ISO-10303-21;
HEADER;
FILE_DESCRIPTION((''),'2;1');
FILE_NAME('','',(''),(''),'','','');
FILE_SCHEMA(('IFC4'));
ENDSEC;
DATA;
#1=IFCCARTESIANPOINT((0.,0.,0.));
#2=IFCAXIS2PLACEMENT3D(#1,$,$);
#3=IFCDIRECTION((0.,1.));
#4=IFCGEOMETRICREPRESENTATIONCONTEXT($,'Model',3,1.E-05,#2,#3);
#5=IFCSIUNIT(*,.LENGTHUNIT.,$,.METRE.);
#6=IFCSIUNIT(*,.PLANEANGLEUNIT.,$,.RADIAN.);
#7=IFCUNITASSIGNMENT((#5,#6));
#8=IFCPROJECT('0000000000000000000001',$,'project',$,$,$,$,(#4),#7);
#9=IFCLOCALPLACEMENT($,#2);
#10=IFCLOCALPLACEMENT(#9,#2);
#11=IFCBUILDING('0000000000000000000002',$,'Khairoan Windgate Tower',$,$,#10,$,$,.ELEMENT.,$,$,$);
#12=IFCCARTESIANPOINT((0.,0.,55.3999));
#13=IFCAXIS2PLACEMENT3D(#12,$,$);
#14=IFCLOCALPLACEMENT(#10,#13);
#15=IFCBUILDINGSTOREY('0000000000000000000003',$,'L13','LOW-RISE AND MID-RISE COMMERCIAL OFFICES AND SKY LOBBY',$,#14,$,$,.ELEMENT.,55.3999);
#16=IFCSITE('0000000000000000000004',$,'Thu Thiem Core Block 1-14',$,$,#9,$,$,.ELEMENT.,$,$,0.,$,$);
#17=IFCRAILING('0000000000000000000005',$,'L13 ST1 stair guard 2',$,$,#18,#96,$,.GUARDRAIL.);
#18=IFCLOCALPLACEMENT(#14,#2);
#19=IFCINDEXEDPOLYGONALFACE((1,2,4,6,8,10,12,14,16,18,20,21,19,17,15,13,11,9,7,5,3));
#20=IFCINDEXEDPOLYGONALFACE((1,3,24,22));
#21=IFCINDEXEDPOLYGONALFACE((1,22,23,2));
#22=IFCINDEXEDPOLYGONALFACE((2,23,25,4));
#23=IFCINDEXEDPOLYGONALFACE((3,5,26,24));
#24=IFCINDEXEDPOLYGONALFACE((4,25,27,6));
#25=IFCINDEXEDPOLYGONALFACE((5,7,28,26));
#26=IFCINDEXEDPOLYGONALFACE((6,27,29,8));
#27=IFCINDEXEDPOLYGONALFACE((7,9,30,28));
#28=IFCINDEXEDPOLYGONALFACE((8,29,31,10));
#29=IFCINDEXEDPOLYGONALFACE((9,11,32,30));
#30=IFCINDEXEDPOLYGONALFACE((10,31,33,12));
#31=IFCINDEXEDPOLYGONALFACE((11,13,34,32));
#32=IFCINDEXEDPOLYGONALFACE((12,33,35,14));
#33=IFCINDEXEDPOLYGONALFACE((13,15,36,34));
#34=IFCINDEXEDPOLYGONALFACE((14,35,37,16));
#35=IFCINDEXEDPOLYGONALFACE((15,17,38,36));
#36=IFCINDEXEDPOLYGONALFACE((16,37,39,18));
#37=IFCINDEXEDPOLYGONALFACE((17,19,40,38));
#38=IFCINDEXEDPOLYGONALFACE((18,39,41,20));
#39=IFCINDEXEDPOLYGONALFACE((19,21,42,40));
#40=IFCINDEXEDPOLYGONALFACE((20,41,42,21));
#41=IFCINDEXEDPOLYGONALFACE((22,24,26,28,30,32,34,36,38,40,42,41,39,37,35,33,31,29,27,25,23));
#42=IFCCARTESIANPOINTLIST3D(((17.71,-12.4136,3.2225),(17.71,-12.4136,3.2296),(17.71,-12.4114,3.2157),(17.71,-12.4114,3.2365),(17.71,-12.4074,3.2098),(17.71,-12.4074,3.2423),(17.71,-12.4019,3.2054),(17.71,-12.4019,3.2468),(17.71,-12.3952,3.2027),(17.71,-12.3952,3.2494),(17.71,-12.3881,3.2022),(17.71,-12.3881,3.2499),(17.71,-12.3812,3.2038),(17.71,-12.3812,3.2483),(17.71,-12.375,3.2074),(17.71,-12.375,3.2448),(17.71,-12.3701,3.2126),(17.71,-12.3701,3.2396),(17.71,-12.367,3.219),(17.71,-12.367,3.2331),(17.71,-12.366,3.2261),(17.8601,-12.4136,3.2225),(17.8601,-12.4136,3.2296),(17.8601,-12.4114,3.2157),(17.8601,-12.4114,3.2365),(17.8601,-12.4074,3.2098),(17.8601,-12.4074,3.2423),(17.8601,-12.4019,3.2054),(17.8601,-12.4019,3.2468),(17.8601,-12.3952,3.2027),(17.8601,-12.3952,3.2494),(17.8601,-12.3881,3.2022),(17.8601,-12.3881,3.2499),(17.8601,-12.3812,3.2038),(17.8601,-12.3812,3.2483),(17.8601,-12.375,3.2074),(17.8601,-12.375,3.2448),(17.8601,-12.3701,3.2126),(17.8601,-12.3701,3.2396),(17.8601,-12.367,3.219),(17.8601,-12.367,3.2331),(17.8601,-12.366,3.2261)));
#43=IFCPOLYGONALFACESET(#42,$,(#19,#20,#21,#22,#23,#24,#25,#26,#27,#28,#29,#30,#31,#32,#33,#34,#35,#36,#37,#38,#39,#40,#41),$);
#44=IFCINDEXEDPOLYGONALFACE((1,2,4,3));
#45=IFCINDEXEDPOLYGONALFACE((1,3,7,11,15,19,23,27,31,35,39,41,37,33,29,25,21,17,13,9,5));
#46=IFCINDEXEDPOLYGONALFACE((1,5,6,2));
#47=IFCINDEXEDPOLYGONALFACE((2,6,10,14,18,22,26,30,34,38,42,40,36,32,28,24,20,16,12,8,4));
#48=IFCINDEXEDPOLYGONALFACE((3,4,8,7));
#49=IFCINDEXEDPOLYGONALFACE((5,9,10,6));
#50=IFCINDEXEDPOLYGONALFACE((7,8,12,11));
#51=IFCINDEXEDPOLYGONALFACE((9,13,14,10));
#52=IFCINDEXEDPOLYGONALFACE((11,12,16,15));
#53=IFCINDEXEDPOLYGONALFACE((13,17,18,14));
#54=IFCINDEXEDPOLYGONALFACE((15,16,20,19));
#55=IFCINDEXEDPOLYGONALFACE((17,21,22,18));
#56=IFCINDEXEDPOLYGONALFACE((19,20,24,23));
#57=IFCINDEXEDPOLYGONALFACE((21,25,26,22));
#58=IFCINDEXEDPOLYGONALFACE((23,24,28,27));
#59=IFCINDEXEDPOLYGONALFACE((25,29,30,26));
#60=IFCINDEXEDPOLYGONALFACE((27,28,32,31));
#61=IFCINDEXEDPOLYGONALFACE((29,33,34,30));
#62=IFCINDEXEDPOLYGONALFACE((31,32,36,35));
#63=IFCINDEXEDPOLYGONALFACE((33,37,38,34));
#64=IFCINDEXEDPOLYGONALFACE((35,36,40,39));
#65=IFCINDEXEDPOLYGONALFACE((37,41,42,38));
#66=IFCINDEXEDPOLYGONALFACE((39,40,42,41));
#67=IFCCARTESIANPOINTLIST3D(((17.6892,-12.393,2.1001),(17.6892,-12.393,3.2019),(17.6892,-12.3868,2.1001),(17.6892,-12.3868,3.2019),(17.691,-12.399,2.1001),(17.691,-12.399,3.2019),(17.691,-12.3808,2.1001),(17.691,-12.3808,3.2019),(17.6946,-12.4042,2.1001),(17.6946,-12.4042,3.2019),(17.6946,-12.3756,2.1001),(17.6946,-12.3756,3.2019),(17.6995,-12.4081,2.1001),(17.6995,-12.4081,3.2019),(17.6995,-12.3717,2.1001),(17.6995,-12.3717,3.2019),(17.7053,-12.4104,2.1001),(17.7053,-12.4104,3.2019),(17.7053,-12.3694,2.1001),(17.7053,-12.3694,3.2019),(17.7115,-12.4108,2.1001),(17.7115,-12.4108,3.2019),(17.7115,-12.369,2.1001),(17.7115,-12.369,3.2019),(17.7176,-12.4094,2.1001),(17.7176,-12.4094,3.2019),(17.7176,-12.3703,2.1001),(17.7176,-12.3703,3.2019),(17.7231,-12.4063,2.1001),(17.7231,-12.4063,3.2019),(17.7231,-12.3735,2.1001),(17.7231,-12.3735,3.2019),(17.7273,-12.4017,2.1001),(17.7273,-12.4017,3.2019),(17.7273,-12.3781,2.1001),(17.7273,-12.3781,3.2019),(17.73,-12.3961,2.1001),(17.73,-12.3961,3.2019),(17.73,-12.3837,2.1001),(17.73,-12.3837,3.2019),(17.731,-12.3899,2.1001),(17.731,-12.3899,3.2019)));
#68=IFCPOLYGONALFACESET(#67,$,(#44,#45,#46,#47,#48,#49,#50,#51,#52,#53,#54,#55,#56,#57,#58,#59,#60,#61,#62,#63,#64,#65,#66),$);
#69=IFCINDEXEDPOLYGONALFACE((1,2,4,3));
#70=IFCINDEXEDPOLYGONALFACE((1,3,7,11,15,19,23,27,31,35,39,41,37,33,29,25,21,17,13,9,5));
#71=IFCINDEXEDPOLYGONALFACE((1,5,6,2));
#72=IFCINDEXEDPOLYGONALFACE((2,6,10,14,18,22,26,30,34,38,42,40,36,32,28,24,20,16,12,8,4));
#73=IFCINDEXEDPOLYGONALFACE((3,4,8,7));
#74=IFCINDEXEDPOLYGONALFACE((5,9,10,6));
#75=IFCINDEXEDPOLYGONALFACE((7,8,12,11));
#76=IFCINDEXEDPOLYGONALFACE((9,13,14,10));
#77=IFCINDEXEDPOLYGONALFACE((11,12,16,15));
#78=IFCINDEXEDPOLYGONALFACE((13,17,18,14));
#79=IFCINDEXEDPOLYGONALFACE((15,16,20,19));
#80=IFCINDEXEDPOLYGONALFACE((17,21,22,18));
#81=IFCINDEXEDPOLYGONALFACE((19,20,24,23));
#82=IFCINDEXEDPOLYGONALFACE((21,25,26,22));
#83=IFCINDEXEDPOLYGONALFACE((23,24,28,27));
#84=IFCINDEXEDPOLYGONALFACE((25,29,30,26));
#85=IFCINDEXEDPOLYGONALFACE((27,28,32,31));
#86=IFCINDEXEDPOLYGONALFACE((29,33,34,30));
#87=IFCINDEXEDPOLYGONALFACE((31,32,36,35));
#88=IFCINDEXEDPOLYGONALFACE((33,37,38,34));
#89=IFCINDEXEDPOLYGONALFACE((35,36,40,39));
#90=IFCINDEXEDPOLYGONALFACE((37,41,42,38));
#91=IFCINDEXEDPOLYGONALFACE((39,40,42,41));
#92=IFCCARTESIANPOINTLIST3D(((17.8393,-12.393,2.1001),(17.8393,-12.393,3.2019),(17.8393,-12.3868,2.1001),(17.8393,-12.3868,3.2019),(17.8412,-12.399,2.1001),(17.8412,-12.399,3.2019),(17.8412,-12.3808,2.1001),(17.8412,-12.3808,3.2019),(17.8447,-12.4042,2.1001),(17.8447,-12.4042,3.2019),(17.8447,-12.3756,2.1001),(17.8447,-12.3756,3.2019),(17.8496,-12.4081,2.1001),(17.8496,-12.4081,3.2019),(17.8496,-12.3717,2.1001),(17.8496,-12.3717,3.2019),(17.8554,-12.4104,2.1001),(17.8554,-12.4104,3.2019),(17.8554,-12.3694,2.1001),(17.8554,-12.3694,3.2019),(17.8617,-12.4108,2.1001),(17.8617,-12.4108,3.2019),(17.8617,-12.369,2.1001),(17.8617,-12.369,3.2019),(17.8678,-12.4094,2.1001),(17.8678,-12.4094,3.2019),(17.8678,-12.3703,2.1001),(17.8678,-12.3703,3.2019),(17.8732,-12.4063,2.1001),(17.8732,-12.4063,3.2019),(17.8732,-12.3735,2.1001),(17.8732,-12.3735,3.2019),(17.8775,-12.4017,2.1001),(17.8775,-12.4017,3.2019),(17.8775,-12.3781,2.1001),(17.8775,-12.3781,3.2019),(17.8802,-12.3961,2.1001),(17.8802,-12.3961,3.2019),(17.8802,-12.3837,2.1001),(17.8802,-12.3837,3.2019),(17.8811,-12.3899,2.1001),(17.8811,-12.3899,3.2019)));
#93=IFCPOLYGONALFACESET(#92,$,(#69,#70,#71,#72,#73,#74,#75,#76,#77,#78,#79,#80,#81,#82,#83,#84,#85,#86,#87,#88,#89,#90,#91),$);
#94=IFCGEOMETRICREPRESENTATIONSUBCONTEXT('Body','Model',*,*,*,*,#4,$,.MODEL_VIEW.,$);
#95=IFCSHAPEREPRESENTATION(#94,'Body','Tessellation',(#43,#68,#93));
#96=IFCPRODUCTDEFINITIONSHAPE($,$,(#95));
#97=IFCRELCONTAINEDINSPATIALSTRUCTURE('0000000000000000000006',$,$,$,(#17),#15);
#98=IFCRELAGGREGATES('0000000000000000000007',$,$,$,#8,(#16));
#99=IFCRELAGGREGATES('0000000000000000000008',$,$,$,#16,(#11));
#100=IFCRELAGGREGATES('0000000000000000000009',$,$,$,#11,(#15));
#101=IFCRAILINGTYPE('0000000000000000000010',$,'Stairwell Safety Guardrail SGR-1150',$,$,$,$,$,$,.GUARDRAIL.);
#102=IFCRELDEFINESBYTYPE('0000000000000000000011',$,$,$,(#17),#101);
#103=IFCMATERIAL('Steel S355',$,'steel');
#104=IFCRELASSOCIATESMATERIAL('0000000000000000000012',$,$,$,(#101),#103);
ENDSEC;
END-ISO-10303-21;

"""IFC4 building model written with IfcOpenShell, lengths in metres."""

from ifc_helpers import new_model, si_unit, direction, frame, origin, origin_2d, place, context, subcontext, project, spatial, circle, extrude, material, type_object, element, save


model = new_model("IFC4")

# Units and contexts
model_context = context("Model", 3, precision=1e-05, world=origin(), true_north=direction((0.0, 1.0)))
body_context = subcontext(model_context, "Body", "Model", "MODEL_VIEW")
ifc_project = project(units=[si_unit("LENGTHUNIT", "METRE"), si_unit("PLANEANGLEUNIT", "RADIAN")], contexts=[model_context])

# Site, building, storey
site_placement = place(None, origin())
site = spatial("IfcSite", under=ifc_project, at=site_placement, Name="Thu Thiem Core Block 1-14", CompositionType="ELEMENT", RefElevation=0.0)
building_placement = place(site_placement, origin())
building = spatial("IfcBuilding", under=site, at=building_placement, Name="Khairoan Windgate Tower", CompositionType="ELEMENT")
storey_placement = place(building_placement, frame((0.0, 0.0, 55.3999)))
storey = spatial("IfcBuildingStorey", under=building, at=storey_placement, Name="L13", Description="LOW-RISE AND MID-RISE COMMERCIAL OFFICES AND SKY LOBBY", CompositionType="ELEMENT", Elevation=55.3999)

# Railing
ifc_material_1 = material(Name="Steel S355", Category="steel")
railing_type = type_object("IfcRailingType", Name="Stairwell Safety Guardrail SGR-1150", PredefinedType="GUARDRAIL", material=ifc_material_1)
railing_1_placement = place(storey_placement, frame((17.71, -12.3899, 2.1001)))
element("IfcRailing", 1, at=railing_1_placement, inside=storey, type_object=railing_type, Name="L13 ST1 stair guard 2", PredefinedType="GUARDRAIL", context=body_context, shape_type="SweptSolid", body=[
    extrude(circle(Radius=0.0239, at=origin_2d()), frame((0.0, 0.0, 1.126), z_axis=(1.0, 0.0, 0.0), x_axis=(0.0, 1.0, 0.0)), (0.0, 0.0, 1.0), 0.1501),
    extrude(circle(Radius=0.021, at=origin_2d()), origin(), (0.0, 0.0, 1.0), 1.1018),
    extrude(circle(Radius=0.021, at=origin_2d()), frame((0.1501, 0.0, 0.0)), (0.0, 0.0, 1.0), 1.1018),
])

save(model, "model.ifc")
